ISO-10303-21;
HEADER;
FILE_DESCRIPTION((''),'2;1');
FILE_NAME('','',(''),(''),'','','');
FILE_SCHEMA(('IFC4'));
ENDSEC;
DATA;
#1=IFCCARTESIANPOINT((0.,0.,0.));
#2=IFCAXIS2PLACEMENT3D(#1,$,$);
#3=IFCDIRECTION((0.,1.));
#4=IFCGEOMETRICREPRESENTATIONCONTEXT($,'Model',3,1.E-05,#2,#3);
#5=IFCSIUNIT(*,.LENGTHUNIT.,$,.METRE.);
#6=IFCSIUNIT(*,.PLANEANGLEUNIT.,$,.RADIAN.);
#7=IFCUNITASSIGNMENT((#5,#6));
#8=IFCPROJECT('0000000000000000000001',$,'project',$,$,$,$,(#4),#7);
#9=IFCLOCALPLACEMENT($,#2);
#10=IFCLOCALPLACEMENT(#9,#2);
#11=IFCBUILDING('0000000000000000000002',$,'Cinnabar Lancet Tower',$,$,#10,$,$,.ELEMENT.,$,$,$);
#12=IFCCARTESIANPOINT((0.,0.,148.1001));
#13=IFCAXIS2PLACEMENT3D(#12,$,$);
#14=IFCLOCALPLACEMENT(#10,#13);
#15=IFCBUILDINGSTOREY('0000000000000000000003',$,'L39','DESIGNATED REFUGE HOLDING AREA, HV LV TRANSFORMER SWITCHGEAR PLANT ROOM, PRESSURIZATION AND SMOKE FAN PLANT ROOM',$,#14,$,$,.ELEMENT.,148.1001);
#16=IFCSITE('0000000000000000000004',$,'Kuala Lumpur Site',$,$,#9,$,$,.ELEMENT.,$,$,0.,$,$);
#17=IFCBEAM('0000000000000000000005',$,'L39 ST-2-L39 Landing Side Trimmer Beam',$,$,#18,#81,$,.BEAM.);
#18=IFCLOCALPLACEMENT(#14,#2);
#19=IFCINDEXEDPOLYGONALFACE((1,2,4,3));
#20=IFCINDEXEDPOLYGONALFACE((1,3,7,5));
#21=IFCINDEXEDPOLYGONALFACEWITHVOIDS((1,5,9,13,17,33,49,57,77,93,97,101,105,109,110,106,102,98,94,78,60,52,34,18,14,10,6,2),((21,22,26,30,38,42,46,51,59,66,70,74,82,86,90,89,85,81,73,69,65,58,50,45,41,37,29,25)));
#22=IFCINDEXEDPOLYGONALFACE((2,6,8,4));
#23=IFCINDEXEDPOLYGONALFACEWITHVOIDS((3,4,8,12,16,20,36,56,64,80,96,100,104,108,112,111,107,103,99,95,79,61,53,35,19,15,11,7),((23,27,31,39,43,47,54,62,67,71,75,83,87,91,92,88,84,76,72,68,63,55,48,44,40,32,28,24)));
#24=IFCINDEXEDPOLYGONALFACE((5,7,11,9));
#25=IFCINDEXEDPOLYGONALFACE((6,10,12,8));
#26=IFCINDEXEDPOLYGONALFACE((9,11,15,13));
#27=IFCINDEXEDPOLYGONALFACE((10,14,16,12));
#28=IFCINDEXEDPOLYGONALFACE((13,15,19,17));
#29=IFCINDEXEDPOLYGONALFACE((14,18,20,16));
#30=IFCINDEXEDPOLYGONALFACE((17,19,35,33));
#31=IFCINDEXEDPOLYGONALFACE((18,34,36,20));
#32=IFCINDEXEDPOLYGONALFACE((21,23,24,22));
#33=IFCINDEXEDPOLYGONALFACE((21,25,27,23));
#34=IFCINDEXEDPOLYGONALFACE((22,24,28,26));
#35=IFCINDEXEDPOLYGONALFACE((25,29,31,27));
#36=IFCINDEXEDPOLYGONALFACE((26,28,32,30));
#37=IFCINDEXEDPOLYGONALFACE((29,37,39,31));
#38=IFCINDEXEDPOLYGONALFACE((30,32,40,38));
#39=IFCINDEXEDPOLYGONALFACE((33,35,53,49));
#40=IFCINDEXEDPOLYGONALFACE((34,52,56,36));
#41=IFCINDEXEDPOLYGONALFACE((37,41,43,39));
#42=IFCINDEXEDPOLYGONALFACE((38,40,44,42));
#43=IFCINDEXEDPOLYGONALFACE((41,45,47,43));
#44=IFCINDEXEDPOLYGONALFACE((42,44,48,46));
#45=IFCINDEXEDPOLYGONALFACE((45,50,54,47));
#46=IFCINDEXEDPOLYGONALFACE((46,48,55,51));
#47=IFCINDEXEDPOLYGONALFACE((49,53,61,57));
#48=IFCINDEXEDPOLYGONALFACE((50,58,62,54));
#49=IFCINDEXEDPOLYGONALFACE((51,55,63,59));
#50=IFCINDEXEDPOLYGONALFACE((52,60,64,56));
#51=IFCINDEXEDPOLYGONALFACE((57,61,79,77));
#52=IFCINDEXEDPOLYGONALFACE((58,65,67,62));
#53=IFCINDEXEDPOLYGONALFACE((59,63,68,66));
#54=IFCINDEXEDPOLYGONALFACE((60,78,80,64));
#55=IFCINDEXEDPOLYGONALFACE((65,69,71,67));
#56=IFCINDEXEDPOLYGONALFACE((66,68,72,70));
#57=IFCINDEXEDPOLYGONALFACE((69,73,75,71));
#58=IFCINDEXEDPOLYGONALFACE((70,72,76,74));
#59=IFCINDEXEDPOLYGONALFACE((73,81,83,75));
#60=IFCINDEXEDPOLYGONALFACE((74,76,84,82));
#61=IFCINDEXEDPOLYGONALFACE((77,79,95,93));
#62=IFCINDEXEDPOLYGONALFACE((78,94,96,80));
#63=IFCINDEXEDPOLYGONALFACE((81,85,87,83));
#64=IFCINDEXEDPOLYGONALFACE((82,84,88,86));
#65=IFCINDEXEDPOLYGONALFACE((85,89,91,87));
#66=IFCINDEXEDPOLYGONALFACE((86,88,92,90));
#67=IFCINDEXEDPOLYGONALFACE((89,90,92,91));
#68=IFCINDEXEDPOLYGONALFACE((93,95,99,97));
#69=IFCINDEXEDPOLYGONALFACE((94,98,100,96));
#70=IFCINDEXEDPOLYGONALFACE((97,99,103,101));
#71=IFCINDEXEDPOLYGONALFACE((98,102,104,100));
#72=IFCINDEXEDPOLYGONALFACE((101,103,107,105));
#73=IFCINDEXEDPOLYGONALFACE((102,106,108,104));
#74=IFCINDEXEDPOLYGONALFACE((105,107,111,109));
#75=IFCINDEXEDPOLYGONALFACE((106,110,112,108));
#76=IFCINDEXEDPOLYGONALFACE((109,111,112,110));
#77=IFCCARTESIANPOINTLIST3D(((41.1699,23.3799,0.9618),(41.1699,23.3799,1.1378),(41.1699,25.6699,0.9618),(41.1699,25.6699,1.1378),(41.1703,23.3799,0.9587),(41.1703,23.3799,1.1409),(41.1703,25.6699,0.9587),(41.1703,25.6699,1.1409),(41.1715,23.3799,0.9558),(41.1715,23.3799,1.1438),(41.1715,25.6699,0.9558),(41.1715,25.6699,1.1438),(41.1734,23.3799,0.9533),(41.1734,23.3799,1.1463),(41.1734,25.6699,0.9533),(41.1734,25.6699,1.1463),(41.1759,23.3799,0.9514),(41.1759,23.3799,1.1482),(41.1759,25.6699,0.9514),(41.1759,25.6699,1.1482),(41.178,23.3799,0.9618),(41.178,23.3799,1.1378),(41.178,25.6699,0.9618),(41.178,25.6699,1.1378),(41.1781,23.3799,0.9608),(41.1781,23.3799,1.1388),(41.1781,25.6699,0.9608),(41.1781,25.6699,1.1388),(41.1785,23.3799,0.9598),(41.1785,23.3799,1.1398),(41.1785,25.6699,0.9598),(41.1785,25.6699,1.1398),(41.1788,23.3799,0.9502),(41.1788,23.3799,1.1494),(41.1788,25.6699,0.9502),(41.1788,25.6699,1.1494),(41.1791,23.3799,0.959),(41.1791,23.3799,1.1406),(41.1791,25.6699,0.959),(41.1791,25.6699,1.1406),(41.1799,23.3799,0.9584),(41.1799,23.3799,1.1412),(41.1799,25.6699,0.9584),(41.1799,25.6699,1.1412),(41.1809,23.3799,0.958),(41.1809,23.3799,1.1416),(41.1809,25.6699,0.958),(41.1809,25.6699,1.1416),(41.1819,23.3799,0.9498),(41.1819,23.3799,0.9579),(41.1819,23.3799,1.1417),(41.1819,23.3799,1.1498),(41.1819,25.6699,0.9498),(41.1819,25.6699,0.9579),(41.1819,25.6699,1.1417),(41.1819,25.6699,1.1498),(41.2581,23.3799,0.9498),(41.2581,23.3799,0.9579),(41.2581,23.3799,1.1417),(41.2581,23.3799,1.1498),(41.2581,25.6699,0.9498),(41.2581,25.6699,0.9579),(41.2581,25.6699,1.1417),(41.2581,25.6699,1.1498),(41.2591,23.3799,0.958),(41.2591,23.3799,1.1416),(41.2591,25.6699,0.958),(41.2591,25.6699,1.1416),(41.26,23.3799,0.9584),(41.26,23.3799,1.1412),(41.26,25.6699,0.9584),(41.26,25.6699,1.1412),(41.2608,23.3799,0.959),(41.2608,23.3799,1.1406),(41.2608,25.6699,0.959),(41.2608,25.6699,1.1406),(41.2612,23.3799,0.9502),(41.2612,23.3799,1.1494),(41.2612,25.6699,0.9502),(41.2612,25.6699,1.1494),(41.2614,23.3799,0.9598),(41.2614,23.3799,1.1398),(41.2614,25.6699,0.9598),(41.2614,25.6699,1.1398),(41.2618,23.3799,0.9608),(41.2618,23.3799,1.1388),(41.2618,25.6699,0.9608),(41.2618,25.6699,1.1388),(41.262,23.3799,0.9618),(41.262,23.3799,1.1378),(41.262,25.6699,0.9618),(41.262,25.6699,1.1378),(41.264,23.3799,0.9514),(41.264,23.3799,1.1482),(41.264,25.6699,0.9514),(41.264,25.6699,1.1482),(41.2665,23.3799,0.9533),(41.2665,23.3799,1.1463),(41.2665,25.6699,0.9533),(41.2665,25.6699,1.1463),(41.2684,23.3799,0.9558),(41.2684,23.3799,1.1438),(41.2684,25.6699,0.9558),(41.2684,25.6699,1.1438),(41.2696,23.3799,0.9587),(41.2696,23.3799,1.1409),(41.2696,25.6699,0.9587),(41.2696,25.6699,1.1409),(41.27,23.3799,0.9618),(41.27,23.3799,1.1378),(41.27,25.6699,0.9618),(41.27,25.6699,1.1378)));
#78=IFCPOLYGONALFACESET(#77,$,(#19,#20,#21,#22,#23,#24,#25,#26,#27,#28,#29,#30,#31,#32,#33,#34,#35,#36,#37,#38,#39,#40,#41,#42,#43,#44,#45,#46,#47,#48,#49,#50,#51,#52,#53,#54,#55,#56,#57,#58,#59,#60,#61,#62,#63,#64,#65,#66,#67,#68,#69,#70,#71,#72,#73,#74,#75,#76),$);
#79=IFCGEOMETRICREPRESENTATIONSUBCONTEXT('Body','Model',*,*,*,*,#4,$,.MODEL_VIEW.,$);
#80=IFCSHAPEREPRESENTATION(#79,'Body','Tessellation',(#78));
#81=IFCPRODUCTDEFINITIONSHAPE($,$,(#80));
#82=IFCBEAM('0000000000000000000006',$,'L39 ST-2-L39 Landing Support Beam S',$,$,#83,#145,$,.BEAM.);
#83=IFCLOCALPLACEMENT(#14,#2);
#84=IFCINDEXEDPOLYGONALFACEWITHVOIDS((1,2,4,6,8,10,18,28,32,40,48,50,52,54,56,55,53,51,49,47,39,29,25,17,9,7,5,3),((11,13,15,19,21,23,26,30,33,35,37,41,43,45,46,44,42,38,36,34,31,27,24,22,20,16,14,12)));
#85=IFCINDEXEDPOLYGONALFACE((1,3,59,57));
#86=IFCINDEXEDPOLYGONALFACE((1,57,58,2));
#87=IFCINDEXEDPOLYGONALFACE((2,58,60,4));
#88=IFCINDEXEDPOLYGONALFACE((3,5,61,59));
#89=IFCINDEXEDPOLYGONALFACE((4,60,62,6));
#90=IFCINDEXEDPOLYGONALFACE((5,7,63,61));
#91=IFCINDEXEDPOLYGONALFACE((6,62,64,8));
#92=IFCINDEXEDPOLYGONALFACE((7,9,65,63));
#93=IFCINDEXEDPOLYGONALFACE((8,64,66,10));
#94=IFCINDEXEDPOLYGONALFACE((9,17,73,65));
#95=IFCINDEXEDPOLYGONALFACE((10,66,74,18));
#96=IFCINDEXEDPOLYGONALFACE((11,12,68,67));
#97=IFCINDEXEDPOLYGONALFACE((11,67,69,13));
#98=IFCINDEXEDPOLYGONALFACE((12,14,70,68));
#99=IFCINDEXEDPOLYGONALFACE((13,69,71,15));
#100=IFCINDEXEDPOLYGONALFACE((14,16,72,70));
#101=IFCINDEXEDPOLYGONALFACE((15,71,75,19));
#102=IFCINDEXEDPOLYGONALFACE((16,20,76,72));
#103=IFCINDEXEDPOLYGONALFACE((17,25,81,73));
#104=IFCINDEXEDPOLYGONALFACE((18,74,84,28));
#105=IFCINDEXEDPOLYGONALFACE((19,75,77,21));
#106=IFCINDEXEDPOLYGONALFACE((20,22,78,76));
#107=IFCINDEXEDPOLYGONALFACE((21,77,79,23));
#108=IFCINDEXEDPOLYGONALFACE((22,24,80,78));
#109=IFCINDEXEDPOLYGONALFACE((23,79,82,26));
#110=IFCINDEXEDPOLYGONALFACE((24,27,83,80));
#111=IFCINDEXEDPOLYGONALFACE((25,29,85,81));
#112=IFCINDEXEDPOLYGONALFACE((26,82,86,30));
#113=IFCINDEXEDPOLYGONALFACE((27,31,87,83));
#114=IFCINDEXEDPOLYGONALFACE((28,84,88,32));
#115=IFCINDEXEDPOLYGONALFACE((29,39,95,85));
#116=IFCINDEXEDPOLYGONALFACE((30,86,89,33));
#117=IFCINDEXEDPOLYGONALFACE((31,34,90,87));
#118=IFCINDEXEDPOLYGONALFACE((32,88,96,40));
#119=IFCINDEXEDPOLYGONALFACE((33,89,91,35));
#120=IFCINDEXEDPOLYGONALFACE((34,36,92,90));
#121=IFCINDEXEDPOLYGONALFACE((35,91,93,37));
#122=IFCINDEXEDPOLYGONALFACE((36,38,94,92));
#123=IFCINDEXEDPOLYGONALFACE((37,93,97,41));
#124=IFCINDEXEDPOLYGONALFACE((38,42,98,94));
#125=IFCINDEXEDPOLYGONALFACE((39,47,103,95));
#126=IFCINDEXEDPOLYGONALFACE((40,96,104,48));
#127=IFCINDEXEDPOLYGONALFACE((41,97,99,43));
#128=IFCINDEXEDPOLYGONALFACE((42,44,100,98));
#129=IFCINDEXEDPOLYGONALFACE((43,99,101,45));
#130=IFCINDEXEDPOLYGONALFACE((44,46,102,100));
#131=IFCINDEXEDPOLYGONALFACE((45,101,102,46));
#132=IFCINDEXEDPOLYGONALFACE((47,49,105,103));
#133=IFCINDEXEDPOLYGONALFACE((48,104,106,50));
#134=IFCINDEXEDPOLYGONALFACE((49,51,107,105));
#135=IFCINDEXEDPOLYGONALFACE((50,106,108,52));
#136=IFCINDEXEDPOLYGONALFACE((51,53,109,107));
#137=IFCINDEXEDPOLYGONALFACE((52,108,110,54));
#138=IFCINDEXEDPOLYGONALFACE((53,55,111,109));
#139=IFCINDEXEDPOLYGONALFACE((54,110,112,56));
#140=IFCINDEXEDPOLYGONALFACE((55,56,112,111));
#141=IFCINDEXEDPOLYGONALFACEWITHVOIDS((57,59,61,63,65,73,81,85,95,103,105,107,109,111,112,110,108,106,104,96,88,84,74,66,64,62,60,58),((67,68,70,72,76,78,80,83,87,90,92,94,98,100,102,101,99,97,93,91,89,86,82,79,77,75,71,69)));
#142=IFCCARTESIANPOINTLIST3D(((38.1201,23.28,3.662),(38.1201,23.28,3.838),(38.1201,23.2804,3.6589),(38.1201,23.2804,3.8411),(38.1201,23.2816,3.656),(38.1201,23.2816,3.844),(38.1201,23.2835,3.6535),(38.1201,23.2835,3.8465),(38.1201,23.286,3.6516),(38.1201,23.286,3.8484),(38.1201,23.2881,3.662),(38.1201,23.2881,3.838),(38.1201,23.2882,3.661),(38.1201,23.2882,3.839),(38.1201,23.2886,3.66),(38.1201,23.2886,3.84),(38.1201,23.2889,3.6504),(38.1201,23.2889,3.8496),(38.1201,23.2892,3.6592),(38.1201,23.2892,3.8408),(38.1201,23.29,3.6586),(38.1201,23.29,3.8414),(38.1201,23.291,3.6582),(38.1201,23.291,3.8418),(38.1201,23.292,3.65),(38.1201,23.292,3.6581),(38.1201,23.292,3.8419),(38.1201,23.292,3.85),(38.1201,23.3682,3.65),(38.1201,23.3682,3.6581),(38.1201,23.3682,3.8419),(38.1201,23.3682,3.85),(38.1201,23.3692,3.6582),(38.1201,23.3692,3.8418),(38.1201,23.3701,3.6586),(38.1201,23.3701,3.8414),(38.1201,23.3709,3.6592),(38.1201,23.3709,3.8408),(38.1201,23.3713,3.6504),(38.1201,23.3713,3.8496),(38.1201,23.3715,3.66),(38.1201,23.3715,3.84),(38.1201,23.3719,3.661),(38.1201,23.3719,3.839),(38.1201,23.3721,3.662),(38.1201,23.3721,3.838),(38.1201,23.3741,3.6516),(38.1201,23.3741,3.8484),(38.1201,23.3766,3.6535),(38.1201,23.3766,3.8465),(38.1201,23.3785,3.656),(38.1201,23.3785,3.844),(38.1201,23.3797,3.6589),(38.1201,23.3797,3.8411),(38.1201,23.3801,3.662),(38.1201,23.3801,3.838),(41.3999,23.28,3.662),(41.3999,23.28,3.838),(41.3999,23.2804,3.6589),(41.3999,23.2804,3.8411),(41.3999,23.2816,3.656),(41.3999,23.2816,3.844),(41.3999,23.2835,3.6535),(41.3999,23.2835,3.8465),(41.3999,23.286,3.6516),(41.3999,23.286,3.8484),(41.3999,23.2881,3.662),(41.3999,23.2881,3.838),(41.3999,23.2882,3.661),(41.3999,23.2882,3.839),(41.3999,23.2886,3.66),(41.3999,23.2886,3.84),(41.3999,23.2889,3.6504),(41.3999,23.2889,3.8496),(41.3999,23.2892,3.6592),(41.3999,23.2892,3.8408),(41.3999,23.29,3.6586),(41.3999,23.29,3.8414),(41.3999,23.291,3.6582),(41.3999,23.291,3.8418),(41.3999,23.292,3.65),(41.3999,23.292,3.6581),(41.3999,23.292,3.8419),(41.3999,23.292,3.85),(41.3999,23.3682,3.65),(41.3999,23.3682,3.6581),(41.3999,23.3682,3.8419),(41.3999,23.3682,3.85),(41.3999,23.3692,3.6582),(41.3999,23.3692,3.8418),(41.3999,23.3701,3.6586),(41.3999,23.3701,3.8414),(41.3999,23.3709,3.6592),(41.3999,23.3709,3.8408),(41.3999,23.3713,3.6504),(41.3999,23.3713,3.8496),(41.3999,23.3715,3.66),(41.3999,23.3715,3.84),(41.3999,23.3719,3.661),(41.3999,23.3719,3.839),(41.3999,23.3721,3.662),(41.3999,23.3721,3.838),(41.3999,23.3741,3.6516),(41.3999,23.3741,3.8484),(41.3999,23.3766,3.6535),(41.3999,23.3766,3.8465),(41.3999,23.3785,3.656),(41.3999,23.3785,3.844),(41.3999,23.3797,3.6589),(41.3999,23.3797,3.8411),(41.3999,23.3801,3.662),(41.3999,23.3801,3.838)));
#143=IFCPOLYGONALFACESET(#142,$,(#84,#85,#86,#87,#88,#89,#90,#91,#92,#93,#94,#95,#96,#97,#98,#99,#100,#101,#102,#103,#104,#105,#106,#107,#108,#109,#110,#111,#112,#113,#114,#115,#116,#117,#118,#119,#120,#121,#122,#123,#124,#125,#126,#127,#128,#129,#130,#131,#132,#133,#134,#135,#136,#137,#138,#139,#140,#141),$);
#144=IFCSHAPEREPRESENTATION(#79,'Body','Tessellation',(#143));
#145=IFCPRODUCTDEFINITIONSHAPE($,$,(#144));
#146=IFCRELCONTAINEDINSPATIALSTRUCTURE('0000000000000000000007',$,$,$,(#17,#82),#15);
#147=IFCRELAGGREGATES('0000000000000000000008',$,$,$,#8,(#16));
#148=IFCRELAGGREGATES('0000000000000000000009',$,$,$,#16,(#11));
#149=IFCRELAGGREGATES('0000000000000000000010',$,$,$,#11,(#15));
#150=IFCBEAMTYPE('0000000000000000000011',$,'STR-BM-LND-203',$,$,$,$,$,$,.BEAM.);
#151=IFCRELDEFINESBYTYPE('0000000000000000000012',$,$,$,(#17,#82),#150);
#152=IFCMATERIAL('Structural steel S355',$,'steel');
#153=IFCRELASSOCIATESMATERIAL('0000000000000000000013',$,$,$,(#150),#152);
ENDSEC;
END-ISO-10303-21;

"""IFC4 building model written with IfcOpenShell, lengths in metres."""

from ifc_helpers import new_model, si_unit, direction, frame, origin, origin_2d, place, context, subcontext, project, spatial, hollow_rectangle, extrude, material, material_profile, profile_set, type_object, element, save


model = new_model("IFC4")

# Units and contexts
model_context = context("Model", 3, precision=1e-05, world=origin(), true_north=direction((0.0, 1.0)))
body_context = subcontext(model_context, "Body", "Model", "MODEL_VIEW")
ifc_project = project(units=[si_unit("LENGTHUNIT", "METRE"), si_unit("PLANEANGLEUNIT", "RADIAN")], contexts=[model_context])

# Site, building, storey
site_placement = place(None, origin())
site = spatial("IfcSite", under=ifc_project, at=site_placement, Name="Kuala Lumpur Site", CompositionType="ELEMENT", RefElevation=0.0)
building_placement = place(site_placement, origin())
building = spatial("IfcBuilding", under=site, at=building_placement, Name="Cinnabar Lancet Tower", CompositionType="ELEMENT")
storey_placement = place(building_placement, frame((0.0, 0.0, 148.1001)))
storey = spatial("IfcBuildingStorey", under=building, at=storey_placement, Name="L39", Description="DESIGNATED REFUGE HOLDING AREA, HV LV TRANSFORMER SWITCHGEAR PLANT ROOM, PRESSURIZATION AND SMOKE FAN PLANT ROOM", CompositionType="ELEMENT", Elevation=148.1001)

# Beams
ifc_material_1 = material(Name="Structural steel S355", Category="steel")
ifc_material_profile_1 = material_profile(ifc_material_1, hollow_rectangle(XDim=0.1001, YDim=0.2, WallThickness=0.0081, InnerFilletRadius=0.0039, OuterFilletRadius=0.012, at=origin_2d()), Name="RHS 200x100x8")
ifc_profile_set_1 = profile_set([ifc_material_profile_1], Name="Structural steel S355")
beam_type = type_object("IfcBeamType", Name="STR-BM-LND-203", PredefinedType="BEAM", material=ifc_profile_set_1)
beam_1_placement = place(storey_placement, frame((41.22, 23.3799, 1.0498), z_axis=(0.0, 1.0, 0.0), x_axis=(-1.0, 0.0, 0.0)))
element("IfcBeam", 1, at=beam_1_placement, inside=storey, type_object=beam_type, Name="L39 ST-2-L39 Landing Side Trimmer Beam", PredefinedType="BEAM", context=body_context, shape_type="SweptSolid", body=[
    extrude(hollow_rectangle(XDim=0.1001, YDim=0.2, WallThickness=0.0081, InnerFilletRadius=0.0039, OuterFilletRadius=0.012, at=origin_2d()), origin(), (0.0, 0.0, 1.0), 2.29),
])
for number, where, z_axis, x_axis, name in (
    (2, (38.1201, 23.3301, 3.75), (1.0, 0.0, 0.0), (0.0, 1.0, 0.0), "L39 ST-2-L39 Landing Support Beam S"),
):
    element("IfcBeam", number, at=place(storey_placement, frame(where, z_axis=z_axis, x_axis=x_axis)), inside=storey, type_object=beam_type, Name=name, PredefinedType="BEAM", context=body_context, shape_type="SweptSolid", body=[
        extrude(hollow_rectangle(XDim=0.1001, YDim=0.2, WallThickness=0.0081, InnerFilletRadius=0.0039, OuterFilletRadius=0.012, at=origin_2d()), origin(), (0.0, 0.0, 1.0), 3.2798),
    ])

save(model, "model.ifc")
